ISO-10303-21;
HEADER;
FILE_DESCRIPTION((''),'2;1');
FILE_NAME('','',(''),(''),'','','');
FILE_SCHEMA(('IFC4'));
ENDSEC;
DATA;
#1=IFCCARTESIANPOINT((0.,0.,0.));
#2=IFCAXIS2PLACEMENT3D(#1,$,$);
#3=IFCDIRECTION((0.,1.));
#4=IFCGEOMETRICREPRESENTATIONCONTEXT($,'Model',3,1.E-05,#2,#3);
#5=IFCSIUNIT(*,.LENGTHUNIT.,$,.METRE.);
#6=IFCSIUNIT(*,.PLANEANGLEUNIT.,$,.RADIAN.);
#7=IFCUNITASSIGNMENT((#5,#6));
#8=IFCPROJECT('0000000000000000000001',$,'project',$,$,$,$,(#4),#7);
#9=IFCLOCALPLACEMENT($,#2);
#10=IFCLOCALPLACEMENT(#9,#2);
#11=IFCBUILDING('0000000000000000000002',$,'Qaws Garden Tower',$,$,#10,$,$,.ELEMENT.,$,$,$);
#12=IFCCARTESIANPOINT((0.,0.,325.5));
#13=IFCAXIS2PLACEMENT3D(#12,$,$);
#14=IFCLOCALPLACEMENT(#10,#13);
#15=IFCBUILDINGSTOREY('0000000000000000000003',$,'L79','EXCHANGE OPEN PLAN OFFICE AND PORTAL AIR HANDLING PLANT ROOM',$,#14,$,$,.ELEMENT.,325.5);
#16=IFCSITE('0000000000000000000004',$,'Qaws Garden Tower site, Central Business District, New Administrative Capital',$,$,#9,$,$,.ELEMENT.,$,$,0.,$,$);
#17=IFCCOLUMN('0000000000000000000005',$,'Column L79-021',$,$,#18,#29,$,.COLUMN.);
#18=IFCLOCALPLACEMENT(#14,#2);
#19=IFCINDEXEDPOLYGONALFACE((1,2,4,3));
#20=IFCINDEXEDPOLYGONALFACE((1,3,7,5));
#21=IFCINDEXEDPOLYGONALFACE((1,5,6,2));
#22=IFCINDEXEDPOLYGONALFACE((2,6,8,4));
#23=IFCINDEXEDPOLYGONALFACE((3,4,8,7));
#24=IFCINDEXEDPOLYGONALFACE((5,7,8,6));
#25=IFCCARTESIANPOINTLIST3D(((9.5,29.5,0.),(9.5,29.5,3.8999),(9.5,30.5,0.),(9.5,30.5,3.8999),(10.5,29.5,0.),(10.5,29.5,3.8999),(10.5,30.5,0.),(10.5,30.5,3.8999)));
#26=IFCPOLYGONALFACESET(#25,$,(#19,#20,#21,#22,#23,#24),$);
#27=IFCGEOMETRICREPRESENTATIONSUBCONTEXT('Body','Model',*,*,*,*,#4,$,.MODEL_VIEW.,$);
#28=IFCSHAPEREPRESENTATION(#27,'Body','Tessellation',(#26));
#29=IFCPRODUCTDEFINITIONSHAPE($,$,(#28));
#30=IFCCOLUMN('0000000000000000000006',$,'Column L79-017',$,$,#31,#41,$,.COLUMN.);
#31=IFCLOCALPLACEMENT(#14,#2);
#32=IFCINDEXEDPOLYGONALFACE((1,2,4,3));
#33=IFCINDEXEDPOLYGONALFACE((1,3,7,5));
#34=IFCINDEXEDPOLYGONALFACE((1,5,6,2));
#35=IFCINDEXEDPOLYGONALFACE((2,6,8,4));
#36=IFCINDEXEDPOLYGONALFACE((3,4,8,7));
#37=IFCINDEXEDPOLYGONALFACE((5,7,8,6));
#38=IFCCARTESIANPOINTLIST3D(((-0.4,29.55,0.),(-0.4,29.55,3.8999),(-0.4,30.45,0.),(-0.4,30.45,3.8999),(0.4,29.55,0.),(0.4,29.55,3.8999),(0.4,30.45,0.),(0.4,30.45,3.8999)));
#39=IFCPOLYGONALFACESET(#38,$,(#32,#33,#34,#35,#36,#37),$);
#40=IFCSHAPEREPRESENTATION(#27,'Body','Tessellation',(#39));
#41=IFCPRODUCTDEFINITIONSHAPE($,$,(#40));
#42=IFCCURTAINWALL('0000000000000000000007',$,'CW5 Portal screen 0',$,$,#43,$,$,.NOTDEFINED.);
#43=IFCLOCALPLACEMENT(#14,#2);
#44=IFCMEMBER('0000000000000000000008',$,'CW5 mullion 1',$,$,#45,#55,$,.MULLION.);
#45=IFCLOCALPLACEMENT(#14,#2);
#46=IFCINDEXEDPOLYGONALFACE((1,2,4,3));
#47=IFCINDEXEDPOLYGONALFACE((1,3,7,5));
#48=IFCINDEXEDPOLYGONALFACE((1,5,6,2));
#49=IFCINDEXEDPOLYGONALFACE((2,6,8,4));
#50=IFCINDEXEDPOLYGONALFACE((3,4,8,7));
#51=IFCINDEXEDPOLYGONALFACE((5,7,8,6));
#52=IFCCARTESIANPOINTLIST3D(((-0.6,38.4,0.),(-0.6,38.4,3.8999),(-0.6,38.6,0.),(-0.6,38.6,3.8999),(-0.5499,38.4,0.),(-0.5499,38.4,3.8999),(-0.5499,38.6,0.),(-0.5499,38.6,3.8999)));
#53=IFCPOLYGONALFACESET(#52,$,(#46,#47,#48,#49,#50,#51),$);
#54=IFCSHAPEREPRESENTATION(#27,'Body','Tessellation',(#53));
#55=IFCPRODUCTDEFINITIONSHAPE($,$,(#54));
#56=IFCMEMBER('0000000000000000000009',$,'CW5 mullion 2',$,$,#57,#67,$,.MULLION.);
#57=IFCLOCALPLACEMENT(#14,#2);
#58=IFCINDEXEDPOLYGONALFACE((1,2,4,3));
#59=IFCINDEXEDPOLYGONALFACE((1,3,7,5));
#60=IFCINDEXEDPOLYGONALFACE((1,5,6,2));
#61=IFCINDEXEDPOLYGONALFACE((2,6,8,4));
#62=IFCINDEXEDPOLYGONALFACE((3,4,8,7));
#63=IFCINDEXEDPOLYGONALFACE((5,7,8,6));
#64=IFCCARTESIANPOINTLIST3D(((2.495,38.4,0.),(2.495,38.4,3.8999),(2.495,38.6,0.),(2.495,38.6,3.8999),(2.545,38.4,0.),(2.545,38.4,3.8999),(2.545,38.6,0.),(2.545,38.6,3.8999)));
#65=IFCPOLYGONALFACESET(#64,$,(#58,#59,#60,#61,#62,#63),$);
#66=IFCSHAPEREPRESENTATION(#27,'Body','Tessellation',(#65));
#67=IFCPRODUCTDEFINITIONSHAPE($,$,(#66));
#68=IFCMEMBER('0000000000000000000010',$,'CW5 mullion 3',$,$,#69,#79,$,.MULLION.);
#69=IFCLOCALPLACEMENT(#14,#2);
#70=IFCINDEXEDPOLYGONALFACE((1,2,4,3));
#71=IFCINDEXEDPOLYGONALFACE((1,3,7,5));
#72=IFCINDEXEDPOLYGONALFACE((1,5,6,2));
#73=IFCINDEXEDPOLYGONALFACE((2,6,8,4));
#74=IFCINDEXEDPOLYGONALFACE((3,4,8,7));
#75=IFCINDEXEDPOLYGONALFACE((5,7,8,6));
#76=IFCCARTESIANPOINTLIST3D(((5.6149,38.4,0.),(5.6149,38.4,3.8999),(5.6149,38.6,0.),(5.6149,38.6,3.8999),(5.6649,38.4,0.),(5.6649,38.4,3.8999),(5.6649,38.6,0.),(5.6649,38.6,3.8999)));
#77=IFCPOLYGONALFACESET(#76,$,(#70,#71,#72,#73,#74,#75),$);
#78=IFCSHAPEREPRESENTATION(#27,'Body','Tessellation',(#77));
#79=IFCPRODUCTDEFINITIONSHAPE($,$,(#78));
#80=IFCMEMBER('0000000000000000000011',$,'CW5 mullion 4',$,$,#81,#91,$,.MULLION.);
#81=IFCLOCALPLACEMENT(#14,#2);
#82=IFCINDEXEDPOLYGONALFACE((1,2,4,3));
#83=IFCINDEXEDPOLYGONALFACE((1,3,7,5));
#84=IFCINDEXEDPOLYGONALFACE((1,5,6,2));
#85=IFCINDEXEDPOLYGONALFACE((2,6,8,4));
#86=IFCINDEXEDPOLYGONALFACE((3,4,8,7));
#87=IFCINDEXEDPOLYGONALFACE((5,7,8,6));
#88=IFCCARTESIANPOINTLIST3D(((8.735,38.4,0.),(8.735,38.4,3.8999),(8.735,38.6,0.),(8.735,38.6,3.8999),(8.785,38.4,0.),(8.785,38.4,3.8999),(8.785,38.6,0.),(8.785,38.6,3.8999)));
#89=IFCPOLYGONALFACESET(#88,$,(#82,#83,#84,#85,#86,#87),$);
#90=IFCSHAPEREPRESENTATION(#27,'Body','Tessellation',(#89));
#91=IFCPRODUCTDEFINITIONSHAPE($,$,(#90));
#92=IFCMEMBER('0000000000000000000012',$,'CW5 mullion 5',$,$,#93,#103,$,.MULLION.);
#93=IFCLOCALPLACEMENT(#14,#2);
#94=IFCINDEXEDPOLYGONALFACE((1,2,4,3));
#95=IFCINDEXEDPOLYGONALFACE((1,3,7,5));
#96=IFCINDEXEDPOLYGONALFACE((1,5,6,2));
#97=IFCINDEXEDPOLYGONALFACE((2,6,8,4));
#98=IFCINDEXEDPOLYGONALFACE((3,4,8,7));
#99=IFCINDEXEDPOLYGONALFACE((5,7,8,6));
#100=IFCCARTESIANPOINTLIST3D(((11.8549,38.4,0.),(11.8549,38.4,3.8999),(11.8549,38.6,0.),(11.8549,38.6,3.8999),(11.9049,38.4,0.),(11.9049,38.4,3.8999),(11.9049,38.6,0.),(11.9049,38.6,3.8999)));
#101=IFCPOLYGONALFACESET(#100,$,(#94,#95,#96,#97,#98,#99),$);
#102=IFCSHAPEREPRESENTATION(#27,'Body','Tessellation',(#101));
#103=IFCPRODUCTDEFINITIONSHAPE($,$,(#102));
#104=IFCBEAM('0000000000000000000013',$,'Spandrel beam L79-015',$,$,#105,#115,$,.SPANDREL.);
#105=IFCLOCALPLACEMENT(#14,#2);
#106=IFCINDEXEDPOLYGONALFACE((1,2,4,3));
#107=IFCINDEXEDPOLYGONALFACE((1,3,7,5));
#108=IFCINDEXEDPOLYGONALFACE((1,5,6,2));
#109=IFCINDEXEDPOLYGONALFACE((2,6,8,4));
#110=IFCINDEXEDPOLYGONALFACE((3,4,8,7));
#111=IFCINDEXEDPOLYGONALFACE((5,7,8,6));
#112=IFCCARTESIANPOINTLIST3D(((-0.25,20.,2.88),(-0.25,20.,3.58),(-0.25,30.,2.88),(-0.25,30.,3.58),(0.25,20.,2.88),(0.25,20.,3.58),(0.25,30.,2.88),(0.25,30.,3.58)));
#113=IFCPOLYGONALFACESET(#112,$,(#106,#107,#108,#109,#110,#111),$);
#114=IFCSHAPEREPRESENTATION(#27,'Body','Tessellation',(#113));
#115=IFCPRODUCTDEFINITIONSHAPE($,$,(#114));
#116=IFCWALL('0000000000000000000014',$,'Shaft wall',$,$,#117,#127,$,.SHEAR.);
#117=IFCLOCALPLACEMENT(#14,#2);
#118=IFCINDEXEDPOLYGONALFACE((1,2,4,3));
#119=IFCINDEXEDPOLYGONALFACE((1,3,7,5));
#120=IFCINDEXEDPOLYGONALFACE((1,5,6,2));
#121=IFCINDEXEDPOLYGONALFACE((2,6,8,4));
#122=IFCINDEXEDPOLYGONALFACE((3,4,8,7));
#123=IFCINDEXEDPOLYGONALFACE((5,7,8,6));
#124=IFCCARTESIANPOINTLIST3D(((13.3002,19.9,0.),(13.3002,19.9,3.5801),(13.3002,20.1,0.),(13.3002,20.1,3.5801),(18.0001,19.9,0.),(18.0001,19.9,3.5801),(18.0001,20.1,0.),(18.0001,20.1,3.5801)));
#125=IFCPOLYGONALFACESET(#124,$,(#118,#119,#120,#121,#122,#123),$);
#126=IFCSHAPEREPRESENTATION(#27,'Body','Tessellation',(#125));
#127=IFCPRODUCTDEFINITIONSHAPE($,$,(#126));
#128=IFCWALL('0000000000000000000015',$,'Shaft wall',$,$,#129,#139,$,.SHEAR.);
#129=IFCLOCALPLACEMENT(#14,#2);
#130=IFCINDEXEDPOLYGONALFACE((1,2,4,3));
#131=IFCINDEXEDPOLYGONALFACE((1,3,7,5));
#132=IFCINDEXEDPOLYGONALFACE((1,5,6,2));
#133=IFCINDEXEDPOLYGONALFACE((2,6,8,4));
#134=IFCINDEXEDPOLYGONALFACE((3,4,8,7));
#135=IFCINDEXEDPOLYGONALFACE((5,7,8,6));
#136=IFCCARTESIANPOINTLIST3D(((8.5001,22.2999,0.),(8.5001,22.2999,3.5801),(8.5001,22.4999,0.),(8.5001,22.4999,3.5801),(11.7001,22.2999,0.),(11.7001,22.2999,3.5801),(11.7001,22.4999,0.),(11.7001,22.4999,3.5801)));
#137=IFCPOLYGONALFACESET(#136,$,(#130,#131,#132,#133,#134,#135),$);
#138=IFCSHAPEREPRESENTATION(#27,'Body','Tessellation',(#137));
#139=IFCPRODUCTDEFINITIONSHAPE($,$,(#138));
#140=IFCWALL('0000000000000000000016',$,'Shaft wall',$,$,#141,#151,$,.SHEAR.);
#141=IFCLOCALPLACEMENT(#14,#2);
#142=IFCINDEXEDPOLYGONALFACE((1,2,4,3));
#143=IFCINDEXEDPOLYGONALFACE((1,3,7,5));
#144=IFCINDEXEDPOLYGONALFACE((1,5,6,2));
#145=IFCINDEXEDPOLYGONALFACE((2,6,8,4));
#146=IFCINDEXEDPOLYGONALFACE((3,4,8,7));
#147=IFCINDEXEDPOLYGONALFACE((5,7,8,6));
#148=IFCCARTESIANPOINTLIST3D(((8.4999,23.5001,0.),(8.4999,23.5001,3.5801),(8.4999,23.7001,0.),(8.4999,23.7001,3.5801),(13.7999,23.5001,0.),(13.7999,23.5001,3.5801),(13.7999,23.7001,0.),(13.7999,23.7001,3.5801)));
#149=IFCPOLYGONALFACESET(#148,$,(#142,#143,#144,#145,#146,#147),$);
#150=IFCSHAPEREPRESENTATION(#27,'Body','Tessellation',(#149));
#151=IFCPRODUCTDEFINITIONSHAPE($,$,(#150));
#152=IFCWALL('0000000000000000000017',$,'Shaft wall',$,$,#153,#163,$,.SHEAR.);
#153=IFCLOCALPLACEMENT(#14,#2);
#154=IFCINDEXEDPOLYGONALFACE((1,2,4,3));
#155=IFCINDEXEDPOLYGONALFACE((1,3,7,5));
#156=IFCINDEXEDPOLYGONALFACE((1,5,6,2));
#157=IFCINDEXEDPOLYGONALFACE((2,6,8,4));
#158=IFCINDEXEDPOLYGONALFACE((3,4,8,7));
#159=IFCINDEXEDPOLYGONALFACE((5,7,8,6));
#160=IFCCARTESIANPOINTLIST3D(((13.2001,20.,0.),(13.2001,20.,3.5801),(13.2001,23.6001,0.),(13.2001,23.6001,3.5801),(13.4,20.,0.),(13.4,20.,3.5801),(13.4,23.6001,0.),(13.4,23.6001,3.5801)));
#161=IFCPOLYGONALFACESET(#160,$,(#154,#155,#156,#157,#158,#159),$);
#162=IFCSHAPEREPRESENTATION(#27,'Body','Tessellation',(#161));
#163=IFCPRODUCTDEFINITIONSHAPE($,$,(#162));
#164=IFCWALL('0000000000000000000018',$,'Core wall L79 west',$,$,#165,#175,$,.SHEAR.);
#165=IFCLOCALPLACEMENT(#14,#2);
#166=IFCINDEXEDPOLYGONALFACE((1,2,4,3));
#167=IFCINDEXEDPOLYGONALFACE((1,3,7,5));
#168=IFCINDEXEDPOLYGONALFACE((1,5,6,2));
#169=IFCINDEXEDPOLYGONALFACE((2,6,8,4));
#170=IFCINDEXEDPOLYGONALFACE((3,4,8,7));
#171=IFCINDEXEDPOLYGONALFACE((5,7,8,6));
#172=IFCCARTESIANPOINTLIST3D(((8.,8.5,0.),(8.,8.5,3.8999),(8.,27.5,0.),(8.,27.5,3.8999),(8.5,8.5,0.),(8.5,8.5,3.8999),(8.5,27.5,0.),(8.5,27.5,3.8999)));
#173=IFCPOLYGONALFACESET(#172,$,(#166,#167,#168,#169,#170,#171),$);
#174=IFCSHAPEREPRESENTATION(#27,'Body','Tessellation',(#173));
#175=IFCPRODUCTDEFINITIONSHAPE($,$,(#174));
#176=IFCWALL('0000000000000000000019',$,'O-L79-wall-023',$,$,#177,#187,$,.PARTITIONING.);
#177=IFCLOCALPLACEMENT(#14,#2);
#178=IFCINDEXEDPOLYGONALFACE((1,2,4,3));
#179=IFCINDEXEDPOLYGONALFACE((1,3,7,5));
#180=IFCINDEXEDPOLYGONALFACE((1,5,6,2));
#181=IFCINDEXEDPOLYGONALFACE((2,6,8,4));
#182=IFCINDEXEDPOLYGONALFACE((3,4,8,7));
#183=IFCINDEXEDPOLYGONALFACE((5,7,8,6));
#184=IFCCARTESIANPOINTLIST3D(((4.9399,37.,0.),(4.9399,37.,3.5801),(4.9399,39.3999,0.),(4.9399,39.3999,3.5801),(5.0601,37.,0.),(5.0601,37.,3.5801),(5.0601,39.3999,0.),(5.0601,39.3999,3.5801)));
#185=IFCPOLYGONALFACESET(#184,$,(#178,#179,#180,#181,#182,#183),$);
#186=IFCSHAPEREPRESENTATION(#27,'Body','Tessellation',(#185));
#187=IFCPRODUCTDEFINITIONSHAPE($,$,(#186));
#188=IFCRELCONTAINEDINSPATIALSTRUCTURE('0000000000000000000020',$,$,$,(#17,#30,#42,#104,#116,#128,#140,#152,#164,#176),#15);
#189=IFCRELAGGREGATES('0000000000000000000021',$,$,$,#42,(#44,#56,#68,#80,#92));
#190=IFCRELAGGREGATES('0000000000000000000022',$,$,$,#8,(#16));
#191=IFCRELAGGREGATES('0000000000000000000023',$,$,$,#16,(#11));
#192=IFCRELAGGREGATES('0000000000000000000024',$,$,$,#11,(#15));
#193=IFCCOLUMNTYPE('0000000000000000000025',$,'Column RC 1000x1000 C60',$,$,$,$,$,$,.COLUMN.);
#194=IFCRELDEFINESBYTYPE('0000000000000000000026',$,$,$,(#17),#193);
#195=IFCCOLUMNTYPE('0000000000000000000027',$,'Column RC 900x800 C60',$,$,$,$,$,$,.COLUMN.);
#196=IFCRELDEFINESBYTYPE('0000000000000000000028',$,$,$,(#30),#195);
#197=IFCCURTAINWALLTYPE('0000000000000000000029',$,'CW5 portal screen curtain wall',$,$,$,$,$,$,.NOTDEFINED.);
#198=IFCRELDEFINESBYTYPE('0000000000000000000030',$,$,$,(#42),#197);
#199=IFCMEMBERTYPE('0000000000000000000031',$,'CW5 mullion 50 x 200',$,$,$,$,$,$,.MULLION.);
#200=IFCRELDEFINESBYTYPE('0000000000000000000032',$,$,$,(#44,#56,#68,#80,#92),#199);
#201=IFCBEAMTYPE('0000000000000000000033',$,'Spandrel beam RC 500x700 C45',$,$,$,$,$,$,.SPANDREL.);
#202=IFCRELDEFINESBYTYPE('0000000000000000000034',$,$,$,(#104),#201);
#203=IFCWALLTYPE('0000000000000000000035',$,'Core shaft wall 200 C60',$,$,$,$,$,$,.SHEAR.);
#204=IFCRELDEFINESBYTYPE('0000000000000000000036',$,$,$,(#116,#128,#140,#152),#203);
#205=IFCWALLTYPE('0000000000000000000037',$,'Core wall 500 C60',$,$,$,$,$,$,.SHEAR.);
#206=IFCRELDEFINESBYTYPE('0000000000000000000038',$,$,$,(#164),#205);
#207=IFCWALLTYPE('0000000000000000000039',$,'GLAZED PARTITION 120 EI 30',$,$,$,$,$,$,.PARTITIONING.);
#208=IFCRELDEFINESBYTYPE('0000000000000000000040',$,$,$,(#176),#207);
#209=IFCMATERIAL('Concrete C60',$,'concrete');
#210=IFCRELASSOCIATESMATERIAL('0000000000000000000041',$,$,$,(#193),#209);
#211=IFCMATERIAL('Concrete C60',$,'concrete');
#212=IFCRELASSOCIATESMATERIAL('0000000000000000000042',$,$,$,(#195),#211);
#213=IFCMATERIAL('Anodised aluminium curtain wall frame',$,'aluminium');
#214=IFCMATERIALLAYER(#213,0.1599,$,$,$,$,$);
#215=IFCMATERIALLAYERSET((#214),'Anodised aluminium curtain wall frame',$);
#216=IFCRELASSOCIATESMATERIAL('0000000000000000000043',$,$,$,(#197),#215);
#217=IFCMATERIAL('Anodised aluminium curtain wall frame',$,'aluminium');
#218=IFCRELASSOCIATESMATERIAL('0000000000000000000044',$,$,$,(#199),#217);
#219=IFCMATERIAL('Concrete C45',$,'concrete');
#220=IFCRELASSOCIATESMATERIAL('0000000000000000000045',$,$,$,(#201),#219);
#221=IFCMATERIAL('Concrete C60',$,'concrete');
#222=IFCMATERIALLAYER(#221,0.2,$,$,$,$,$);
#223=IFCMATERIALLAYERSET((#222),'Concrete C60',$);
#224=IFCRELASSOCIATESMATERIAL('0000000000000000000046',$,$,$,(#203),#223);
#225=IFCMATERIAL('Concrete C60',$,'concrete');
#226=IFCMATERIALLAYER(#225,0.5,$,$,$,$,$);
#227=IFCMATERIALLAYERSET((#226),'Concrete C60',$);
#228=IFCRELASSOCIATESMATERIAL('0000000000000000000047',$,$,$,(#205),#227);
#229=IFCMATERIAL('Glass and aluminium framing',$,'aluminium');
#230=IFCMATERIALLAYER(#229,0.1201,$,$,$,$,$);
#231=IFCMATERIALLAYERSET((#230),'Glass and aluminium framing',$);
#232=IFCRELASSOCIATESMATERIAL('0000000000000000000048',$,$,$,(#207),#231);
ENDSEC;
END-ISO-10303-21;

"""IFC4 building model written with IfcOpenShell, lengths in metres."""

from ifc_helpers import new_model, si_unit, direction, frame, frame_2d, origin, origin_2d, place, context, subcontext, project, spatial, rectangle, extrude, material, layer, layer_set, material_profile, profile_set, type_object, element, aggregate, save


model = new_model("IFC4")

# Units and contexts
model_context = context("Model", 3, precision=1e-05, world=origin(), true_north=direction((0.0, 1.0)))
body_context = subcontext(model_context, "Body", "Model", "MODEL_VIEW")
ifc_project = project(units=[si_unit("LENGTHUNIT", "METRE"), si_unit("PLANEANGLEUNIT", "RADIAN")], contexts=[model_context])

# Site, building, storey
site_placement = place(None, origin())
site = spatial("IfcSite", under=ifc_project, at=site_placement, Name="Qaws Garden Tower site, Central Business District, New Administrative Capital", CompositionType="ELEMENT", RefElevation=0.0)
building_placement = place(site_placement, origin())
building = spatial("IfcBuilding", under=site, at=building_placement, Name="Qaws Garden Tower", CompositionType="ELEMENT")
storey_placement = place(building_placement, frame((0.0, 0.0, 325.5)))
storey = spatial("IfcBuildingStorey", under=building, at=storey_placement, Name="L79", Description="EXCHANGE OPEN PLAN OFFICE AND PORTAL AIR HANDLING PLANT ROOM", CompositionType="ELEMENT", Elevation=325.5)

# Columns
ifc_material_1 = material(Name="Concrete C60", Category="concrete")
ifc_material_profile_1 = material_profile(ifc_material_1, rectangle(XDim=1.0, YDim=1.0, at=origin_2d()), Name="RC 1000x1000")
ifc_profile_set_1 = profile_set([ifc_material_profile_1], Name="Concrete C60")
column_type_1 = type_object("IfcColumnType", Name="Column RC 1000x1000 C60", PredefinedType="COLUMN", material=ifc_profile_set_1)
column_1_placement = place(storey_placement, frame((10.0, 30.0, 0.0), z_axis=(0.0, 0.0, 1.0), x_axis=(1.0, 0.0, 0.0)))
element("IfcColumn", 1, at=column_1_placement, inside=storey, type_object=column_type_1, Name="Column L79-021", PredefinedType="COLUMN", context=body_context, shape_type="SweptSolid", body=[
    extrude(rectangle(XDim=1.0, YDim=1.0, at=origin_2d()), origin(), (0.0, 0.0, 1.0), 3.8999),
])
ifc_material_2 = material(Name="Concrete C60", Category="concrete")
ifc_material_profile_2 = material_profile(ifc_material_2, rectangle(XDim=0.8999, YDim=0.8, at=origin_2d()), Name="RC 900x800")
ifc_profile_set_2 = profile_set([ifc_material_profile_2], Name="Concrete C60")
column_type_2 = type_object("IfcColumnType", Name="Column RC 900x800 C60", PredefinedType="COLUMN", material=ifc_profile_set_2)
column_2_placement = place(storey_placement, frame((0.0, 30.0, 0.0), z_axis=(0.0, 0.0, 1.0), x_axis=(0.0, 1.0, 0.0)))
element("IfcColumn", 2, at=column_2_placement, inside=storey, type_object=column_type_2, Name="Column L79-017", PredefinedType="COLUMN", context=body_context, shape_type="SweptSolid", body=[
    extrude(rectangle(XDim=0.8999, YDim=0.8, at=origin_2d()), origin(), (0.0, 0.0, 1.0), 3.8999),
])

# Curtain wall, members
ifc_material_3 = material(Name="Anodised aluminium curtain wall frame", Category="aluminium")
ifc_layer_1 = layer(ifc_material_3, 0.1599)
ifc_layer_set_1 = layer_set([ifc_layer_1], Name="Anodised aluminium curtain wall frame")
curtain_wall_type = type_object("IfcCurtainWallType", Name="CW5 portal screen curtain wall", PredefinedType="NOTDEFINED", material=ifc_layer_set_1)
placement = place(storey_placement, origin())
curtain_wall = element("IfcCurtainWall", 3, at=placement, inside=storey, type_object=curtain_wall_type, Name="CW5 Portal screen 0", PredefinedType="NOTDEFINED")
ifc_material_4 = material(Name="Anodised aluminium curtain wall frame", Category="aluminium")
ifc_material_profile_3 = material_profile(ifc_material_4, rectangle(XDim=0.2, YDim=0.05, at=origin_2d()), Name="AL 50x200")
ifc_profile_set_3 = profile_set([ifc_material_profile_3], Name="Anodised aluminium curtain wall frame")
member_type = type_object("IfcMemberType", Name="CW5 mullion 50 x 200", PredefinedType="MULLION", material=ifc_profile_set_3)
member_1_placement = place(storey_placement, frame((-0.575, 38.5, 0.0), z_axis=(0.0, 0.0, 1.0), x_axis=(0.0, 1.0, 0.0)))
member_1 = element("IfcMember", 4, at=member_1_placement, type_object=member_type, Name="CW5 mullion 1", PredefinedType="MULLION", context=body_context, shape_type="SweptSolid", body=[
    extrude(rectangle(XDim=0.2, YDim=0.05, at=origin_2d()), origin(), (0.0, 0.0, 1.0), 3.8999),
])
member_2_placement = place(storey_placement, frame((2.52, 38.5, 0.0), z_axis=(0.0, 0.0, 1.0), x_axis=(0.0, 1.0, 0.0)))
member_2 = element("IfcMember", 5, at=member_2_placement, type_object=member_type, Name="CW5 mullion 2", PredefinedType="MULLION", context=body_context, shape_type="SweptSolid", body=[
    extrude(rectangle(XDim=0.2, YDim=0.05, at=origin_2d()), origin(), (0.0, 0.0, 1.0), 3.8999),
])
member_3_placement = place(storey_placement, frame((5.6399, 38.5, 0.0), z_axis=(0.0, 0.0, 1.0), x_axis=(0.0, 1.0, 0.0)))
member_3 = element("IfcMember", 6, at=member_3_placement, type_object=member_type, Name="CW5 mullion 3", PredefinedType="MULLION", context=body_context, shape_type="SweptSolid", body=[
    extrude(rectangle(XDim=0.2, YDim=0.05, at=origin_2d()), origin(), (0.0, 0.0, 1.0), 3.8999),
])
member_4_placement = place(storey_placement, frame((8.76, 38.5, 0.0), z_axis=(0.0, 0.0, 1.0), x_axis=(0.0, 1.0, 0.0)))
member_4 = element("IfcMember", 7, at=member_4_placement, type_object=member_type, Name="CW5 mullion 4", PredefinedType="MULLION", context=body_context, shape_type="SweptSolid", body=[
    extrude(rectangle(XDim=0.2, YDim=0.05, at=origin_2d()), origin(), (0.0, 0.0, 1.0), 3.8999),
])
member_5_placement = place(storey_placement, frame((11.8799, 38.5, 0.0), z_axis=(0.0, 0.0, 1.0), x_axis=(0.0, 1.0, 0.0)))
member_5 = element("IfcMember", 8, at=member_5_placement, type_object=member_type, Name="CW5 mullion 5", PredefinedType="MULLION", context=body_context, shape_type="SweptSolid", body=[
    extrude(rectangle(XDim=0.2, YDim=0.05, at=origin_2d()), origin(), (0.0, 0.0, 1.0), 3.8999),
])
aggregate(curtain_wall, [member_1, member_2, member_3, member_4, member_5])

# Beam
ifc_material_5 = material(Name="Concrete C45", Category="concrete")
ifc_material_profile_4 = material_profile(ifc_material_5, rectangle(XDim=0.5, YDim=0.7, at=origin_2d()), Name="RC 500x700")
ifc_profile_set_4 = profile_set([ifc_material_profile_4], Name="Concrete C45")
beam_type = type_object("IfcBeamType", Name="Spandrel beam RC 500x700 C45", PredefinedType="SPANDREL", material=ifc_profile_set_4)
beam_placement = place(storey_placement, frame((0.0, 30.0, 3.23), z_axis=(0.0, -1.0, 0.0), x_axis=(1.0, 0.0, 0.0)))
element("IfcBeam", 9, at=beam_placement, inside=storey, type_object=beam_type, Name="Spandrel beam L79-015", PredefinedType="SPANDREL", context=body_context, shape_type="SweptSolid", body=[
    extrude(rectangle(XDim=0.5, YDim=0.7, at=origin_2d()), origin(), (0.0, 0.0, 1.0), 10.0),
])

# Walls
ifc_material_6 = material(Name="Concrete C60", Category="concrete")
ifc_layer_2 = layer(ifc_material_6, 0.2)
ifc_layer_set_2 = layer_set([ifc_layer_2], Name="Concrete C60")
wall_type_1 = type_object("IfcWallType", Name="Core shaft wall 200 C60", PredefinedType="SHEAR", material=ifc_layer_set_2)
wall_1_placement = place(storey_placement, frame((13.3, 20.0, 0.0), z_axis=(0.0, 0.0, 1.0), x_axis=(1.0, 0.0, 0.0)))
element("IfcWall", 10, at=wall_1_placement, inside=storey, type_object=wall_type_1, Name="Shaft wall", PredefinedType="SHEAR", context=body_context, shape_type="SweptSolid", body=[
    extrude(rectangle(XDim=4.7, YDim=0.2, at=frame_2d((2.3501, 0.0))), origin(), (0.0, 0.0, 1.0), 3.5801),
])
wall_2_placement = place(storey_placement, frame((8.5, 22.3999, 0.0), z_axis=(0.0, 0.0, 1.0), x_axis=(1.0, 0.0, 0.0)))
element("IfcWall", 11, at=wall_2_placement, inside=storey, type_object=wall_type_1, Name="Shaft wall", PredefinedType="SHEAR", context=body_context, shape_type="SweptSolid", body=[
    extrude(rectangle(XDim=3.2, YDim=0.2, at=frame_2d((1.6001, 0.0))), origin(), (0.0, 0.0, 1.0), 3.5801),
])
wall_3_placement = place(storey_placement, frame((8.5, 23.6001, 0.0), z_axis=(0.0, 0.0, 1.0), x_axis=(1.0, 0.0, 0.0)))
element("IfcWall", 12, at=wall_3_placement, inside=storey, type_object=wall_type_1, Name="Shaft wall", PredefinedType="SHEAR", context=body_context, shape_type="SweptSolid", body=[
    extrude(rectangle(XDim=5.3, YDim=0.2, at=frame_2d((2.6499, 0.0))), origin(), (0.0, 0.0, 1.0), 3.5801),
])
wall_4_placement = place(storey_placement, frame((13.3, 20.0, 0.0), z_axis=(0.0, 0.0, 1.0), x_axis=(0.0, 1.0, 0.0)))
element("IfcWall", 13, at=wall_4_placement, inside=storey, type_object=wall_type_1, Name="Shaft wall", PredefinedType="SHEAR", context=body_context, shape_type="SweptSolid", body=[
    extrude(rectangle(XDim=3.6001, YDim=0.2, at=frame_2d((1.8, 0.0))), origin(), (0.0, 0.0, 1.0), 3.5801),
])
ifc_material_7 = material(Name="Concrete C60", Category="concrete")
ifc_layer_3 = layer(ifc_material_7, 0.5)
ifc_layer_set_3 = layer_set([ifc_layer_3], Name="Concrete C60")
wall_type_2 = type_object("IfcWallType", Name="Core wall 500 C60", PredefinedType="SHEAR", material=ifc_layer_set_3)
wall_5_placement = place(storey_placement, frame((8.25, 27.5, 0.0), z_axis=(0.0, 0.0, 1.0), x_axis=(0.0, -1.0, 0.0)))
element("IfcWall", 14, at=wall_5_placement, inside=storey, type_object=wall_type_2, Name="Core wall L79 west", PredefinedType="SHEAR", context=body_context, shape_type="SweptSolid", body=[
    extrude(rectangle(XDim=19.0, YDim=0.5, at=frame_2d((9.5, 0.0))), origin(), (0.0, 0.0, 1.0), 3.8999),
])
ifc_material_8 = material(Name="Glass and aluminium framing", Category="aluminium")
ifc_layer_4 = layer(ifc_material_8, 0.1201)
ifc_layer_set_4 = layer_set([ifc_layer_4], Name="Glass and aluminium framing")
wall_type_3 = type_object("IfcWallType", Name="GLAZED PARTITION 120 EI 30", PredefinedType="PARTITIONING", material=ifc_layer_set_4)
wall_6_placement = place(storey_placement, frame((5.0, 37.0, 0.0), z_axis=(0.0, 0.0, 1.0), x_axis=(0.0, 1.0, 0.0)))
element("IfcWall", 15, at=wall_6_placement, inside=storey, type_object=wall_type_3, Name="O-L79-wall-023", PredefinedType="PARTITIONING", context=body_context, shape_type="SweptSolid", body=[
    extrude(rectangle(XDim=2.3999, YDim=0.1201, at=frame_2d((1.2, 0.0))), origin(), (0.0, 0.0, 1.0), 3.5801),
])

save(model, "model.ifc")
